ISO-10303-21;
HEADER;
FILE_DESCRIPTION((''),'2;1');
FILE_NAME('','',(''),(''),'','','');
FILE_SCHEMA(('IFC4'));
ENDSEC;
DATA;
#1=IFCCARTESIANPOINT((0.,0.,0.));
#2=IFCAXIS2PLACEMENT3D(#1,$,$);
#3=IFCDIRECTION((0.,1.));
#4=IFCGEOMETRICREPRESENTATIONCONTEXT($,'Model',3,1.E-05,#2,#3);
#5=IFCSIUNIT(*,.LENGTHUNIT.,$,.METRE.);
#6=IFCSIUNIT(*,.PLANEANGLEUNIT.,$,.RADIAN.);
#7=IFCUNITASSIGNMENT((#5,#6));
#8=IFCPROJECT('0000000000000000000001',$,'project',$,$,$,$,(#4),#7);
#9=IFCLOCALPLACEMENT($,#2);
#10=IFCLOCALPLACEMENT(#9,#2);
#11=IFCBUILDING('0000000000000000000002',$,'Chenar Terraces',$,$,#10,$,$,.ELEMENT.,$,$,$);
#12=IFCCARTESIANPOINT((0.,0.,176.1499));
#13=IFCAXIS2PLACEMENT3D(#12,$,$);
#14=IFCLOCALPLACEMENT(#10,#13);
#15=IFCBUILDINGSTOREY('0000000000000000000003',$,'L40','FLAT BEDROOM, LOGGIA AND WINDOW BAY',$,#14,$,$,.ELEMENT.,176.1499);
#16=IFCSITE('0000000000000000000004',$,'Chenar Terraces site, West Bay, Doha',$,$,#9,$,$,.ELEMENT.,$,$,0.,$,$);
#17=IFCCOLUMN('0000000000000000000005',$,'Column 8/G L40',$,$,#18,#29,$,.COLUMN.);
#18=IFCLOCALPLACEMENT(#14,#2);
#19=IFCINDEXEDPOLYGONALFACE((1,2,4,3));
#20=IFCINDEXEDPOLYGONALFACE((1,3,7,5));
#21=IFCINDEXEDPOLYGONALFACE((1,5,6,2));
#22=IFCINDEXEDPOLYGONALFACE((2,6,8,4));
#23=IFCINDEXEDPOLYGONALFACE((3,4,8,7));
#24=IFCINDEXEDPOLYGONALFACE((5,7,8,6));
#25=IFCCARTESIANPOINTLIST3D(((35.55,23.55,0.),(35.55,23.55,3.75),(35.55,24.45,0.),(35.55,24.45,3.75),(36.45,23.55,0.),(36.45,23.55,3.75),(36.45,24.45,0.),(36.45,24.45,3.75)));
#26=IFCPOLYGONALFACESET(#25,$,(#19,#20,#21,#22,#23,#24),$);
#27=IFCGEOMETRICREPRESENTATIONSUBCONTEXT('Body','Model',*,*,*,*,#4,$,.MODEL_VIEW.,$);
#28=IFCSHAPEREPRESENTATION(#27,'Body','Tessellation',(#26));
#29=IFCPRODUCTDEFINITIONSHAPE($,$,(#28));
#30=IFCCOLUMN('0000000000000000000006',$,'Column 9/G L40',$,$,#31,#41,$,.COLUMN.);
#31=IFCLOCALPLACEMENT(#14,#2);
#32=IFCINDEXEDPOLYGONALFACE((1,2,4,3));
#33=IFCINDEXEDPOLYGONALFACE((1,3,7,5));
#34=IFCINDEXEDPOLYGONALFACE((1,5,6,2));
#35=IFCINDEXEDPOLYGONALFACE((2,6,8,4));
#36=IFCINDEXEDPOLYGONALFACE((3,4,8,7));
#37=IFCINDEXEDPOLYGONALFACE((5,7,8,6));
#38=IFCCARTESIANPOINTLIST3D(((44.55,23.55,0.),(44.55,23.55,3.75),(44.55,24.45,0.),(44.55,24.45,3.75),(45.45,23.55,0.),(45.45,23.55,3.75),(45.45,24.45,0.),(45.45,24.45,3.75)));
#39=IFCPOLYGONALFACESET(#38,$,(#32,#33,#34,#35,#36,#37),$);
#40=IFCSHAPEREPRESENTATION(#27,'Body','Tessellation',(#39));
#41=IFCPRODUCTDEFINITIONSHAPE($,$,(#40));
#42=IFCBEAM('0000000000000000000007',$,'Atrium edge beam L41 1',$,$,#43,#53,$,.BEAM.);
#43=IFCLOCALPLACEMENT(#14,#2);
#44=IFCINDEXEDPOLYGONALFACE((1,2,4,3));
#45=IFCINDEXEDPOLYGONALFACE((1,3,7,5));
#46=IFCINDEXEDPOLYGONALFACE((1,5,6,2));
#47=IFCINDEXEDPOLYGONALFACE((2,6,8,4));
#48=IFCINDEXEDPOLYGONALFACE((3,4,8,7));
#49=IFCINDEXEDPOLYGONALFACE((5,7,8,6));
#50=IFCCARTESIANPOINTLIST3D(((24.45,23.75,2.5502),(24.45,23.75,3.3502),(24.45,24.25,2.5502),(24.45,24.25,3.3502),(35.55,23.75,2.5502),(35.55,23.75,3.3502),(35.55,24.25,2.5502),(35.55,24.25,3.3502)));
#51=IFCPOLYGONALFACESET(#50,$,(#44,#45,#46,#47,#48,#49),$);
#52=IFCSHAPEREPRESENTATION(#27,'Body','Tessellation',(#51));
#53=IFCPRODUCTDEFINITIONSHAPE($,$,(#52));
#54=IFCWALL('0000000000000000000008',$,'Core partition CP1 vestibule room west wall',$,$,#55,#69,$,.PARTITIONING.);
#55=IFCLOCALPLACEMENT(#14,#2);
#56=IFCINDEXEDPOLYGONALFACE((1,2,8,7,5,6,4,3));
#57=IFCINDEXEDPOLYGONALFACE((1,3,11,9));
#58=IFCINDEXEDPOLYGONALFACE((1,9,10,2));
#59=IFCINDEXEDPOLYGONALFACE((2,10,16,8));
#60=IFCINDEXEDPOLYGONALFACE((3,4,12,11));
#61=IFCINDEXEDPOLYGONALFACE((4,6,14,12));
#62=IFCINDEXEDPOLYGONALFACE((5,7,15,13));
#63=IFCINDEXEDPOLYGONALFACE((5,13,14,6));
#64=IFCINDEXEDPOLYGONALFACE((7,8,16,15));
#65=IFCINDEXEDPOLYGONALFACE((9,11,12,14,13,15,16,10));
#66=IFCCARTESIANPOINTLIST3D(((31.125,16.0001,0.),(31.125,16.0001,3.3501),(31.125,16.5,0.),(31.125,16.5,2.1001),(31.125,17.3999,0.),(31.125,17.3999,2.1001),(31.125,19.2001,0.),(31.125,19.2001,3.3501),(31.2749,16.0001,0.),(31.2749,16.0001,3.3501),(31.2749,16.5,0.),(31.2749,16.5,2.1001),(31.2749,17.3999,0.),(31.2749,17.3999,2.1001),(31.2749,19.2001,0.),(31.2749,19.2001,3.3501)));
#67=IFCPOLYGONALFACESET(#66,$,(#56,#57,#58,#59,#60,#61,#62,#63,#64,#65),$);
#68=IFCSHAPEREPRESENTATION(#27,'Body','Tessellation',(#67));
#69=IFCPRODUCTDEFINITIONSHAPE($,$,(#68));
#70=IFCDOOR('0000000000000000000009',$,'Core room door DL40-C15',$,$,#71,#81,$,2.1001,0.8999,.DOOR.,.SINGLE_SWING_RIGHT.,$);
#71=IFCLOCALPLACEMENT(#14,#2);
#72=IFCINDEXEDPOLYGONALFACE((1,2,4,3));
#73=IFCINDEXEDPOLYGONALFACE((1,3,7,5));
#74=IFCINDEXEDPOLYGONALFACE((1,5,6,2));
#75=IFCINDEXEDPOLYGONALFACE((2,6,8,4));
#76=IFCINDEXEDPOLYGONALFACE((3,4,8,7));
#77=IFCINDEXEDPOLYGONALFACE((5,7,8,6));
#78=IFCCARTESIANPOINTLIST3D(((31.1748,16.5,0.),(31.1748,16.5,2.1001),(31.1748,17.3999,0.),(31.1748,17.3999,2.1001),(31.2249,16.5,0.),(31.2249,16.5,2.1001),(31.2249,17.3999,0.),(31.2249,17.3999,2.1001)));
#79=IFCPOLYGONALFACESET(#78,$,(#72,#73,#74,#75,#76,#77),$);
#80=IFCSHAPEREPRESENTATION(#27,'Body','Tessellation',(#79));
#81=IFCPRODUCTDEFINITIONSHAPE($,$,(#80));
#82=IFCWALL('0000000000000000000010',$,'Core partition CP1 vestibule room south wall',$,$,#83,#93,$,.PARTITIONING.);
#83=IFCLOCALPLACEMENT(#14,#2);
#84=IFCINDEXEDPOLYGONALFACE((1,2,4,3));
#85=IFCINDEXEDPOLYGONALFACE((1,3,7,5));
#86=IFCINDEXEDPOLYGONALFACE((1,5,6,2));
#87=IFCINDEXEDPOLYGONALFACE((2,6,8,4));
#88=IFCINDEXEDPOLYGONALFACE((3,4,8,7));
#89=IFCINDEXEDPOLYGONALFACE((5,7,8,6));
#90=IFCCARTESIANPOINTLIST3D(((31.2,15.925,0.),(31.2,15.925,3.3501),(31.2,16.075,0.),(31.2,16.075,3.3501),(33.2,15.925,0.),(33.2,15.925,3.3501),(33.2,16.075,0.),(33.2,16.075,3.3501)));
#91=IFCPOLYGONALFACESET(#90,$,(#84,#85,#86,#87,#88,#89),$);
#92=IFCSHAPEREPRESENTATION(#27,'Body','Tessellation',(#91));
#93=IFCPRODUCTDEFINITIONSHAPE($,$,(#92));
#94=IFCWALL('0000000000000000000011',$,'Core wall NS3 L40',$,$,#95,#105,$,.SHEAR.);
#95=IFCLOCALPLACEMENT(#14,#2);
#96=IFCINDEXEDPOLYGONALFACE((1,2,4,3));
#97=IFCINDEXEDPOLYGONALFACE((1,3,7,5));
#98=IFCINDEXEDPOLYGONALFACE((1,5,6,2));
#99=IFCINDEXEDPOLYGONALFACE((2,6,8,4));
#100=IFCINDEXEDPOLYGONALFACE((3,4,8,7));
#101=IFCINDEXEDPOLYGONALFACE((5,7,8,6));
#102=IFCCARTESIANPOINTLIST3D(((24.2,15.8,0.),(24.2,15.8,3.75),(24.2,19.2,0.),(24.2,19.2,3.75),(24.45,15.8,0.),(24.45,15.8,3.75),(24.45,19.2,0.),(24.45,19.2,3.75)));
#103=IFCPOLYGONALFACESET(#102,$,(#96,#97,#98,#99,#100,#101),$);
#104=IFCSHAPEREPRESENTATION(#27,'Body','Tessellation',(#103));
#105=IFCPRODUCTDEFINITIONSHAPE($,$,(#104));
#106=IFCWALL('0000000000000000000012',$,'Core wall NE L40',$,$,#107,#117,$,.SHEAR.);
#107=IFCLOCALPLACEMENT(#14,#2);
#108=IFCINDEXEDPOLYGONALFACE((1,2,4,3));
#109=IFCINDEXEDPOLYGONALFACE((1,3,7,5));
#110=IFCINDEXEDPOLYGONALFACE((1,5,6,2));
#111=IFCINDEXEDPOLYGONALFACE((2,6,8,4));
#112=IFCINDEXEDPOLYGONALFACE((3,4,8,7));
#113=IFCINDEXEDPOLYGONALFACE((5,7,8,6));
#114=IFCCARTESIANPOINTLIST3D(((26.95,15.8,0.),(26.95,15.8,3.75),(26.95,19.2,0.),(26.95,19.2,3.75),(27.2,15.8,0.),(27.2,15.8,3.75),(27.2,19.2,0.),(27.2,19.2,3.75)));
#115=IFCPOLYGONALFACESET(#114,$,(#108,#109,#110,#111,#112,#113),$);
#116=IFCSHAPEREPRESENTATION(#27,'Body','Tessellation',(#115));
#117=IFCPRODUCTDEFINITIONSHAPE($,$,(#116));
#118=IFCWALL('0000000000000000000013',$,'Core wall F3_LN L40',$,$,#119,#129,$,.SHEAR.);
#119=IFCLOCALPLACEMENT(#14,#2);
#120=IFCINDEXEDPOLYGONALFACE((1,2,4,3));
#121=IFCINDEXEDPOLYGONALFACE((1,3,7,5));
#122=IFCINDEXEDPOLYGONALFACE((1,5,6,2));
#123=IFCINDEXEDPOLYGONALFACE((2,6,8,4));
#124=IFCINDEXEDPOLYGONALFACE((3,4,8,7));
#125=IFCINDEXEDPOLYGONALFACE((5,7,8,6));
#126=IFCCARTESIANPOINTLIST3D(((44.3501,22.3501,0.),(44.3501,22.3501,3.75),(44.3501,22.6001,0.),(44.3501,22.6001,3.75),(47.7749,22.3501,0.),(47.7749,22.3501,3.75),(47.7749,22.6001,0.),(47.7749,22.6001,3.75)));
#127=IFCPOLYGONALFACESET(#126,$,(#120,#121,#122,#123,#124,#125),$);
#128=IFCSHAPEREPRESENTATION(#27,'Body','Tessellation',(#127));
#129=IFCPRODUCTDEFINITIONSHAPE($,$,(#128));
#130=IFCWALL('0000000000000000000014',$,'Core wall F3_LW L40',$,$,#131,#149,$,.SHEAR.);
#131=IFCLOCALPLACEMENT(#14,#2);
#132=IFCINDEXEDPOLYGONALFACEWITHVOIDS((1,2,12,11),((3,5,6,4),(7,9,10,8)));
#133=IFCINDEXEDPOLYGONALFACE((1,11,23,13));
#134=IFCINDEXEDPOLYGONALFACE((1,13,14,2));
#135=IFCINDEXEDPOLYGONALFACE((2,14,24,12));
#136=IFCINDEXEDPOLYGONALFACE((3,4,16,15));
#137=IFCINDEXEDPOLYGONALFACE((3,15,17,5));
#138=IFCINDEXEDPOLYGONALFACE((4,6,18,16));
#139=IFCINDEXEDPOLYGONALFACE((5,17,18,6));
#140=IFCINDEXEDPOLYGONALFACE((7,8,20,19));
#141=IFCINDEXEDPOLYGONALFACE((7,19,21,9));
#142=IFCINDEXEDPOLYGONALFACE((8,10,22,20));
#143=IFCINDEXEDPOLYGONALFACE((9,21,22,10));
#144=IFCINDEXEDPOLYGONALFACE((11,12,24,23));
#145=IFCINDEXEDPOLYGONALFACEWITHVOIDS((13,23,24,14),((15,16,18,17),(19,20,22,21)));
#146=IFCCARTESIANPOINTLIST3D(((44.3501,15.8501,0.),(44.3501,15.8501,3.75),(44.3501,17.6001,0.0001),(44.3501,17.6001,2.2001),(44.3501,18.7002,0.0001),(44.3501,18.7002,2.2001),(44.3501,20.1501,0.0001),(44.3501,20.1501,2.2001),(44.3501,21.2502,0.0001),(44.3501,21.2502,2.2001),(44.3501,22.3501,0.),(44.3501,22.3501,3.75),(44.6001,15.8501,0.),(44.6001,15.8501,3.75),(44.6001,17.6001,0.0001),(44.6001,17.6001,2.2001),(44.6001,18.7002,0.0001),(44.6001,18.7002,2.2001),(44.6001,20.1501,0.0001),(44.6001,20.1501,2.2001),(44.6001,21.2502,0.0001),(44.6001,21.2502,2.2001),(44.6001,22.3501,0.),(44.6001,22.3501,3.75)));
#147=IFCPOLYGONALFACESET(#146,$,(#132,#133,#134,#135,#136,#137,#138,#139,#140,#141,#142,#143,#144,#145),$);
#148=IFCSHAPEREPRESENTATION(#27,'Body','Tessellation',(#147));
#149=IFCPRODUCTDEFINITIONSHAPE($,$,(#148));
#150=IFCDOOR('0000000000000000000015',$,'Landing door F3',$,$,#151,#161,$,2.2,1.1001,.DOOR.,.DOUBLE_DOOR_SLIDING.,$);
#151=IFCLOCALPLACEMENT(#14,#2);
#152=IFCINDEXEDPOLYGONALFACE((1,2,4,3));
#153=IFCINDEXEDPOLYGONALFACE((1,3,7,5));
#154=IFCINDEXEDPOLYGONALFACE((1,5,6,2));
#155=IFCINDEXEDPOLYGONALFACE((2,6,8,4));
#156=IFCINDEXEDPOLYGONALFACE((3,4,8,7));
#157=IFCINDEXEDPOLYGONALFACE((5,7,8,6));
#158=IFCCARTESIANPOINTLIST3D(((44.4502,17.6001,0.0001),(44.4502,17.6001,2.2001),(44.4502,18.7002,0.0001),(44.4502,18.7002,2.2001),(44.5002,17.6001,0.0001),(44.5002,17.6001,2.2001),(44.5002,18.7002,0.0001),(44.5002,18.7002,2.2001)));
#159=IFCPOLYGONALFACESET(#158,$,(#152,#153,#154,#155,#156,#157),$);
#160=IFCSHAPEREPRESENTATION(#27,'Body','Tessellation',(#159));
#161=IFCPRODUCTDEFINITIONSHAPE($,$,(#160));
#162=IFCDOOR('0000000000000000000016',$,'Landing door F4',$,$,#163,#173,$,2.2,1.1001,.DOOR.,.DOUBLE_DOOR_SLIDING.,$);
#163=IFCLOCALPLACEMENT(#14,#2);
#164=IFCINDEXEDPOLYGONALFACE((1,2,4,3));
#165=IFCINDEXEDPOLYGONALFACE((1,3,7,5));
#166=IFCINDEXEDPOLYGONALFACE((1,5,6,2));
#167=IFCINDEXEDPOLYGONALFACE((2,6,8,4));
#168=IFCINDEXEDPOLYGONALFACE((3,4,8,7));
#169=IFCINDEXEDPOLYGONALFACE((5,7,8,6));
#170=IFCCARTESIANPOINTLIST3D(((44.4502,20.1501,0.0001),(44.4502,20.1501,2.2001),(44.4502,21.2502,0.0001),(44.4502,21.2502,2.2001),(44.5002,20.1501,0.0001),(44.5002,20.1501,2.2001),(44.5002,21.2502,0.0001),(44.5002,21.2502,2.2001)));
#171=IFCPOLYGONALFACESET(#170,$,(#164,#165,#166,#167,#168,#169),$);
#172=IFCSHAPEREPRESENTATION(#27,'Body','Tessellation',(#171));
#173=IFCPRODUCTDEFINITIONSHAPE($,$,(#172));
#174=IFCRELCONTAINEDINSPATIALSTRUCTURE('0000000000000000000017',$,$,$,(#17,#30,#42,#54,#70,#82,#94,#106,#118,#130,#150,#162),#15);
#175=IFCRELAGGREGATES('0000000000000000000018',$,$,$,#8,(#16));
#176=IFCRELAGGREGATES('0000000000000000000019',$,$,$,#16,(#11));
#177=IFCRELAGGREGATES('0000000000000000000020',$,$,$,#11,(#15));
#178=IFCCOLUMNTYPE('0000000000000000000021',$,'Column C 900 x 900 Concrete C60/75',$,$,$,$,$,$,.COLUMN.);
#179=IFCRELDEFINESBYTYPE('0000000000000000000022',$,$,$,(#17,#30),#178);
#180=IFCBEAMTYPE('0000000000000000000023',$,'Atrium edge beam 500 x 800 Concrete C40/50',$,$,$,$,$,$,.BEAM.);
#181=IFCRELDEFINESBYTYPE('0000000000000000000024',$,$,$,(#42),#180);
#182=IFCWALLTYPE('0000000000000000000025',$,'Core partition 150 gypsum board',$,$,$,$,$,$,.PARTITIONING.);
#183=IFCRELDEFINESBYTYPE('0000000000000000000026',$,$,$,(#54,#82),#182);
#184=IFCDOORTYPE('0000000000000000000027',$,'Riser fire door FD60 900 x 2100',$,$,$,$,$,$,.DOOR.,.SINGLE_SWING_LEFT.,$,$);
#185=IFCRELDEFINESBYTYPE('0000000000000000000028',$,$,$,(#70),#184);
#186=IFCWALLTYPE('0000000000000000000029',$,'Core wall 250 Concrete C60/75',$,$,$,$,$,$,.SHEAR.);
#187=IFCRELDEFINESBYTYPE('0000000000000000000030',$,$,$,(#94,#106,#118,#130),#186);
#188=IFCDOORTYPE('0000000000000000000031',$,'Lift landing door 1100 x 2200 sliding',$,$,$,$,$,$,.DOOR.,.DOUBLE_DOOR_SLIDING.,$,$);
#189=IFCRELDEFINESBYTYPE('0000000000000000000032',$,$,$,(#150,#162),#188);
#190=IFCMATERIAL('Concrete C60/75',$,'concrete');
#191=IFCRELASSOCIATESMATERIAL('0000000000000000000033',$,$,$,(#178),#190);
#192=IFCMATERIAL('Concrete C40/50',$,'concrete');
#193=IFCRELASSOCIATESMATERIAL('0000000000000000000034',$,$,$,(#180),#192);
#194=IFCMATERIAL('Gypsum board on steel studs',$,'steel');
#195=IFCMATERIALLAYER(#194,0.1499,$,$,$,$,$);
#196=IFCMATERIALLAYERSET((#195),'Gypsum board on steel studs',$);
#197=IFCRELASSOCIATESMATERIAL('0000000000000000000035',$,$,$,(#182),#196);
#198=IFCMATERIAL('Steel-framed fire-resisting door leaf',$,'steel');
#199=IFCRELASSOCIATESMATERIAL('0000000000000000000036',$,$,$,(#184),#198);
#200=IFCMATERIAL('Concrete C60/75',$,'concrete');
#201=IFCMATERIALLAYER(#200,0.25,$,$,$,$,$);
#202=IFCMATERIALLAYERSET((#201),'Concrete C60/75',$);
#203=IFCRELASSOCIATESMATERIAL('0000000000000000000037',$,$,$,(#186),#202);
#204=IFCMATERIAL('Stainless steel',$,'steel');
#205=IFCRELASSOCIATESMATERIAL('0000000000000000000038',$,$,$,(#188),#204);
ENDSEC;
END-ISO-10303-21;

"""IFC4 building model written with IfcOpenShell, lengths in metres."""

from ifc_helpers import new_model, si_unit, direction, frame, frame_2d, origin, origin_2d, place, context, subcontext, project, spatial, rectangle, extrude, material, layer, layer_set, material_profile, profile_set, type_object, element, fill, save


model = new_model("IFC4")

# Units and contexts
model_context = context("Model", 3, precision=1e-05, world=origin(), true_north=direction((0.0, 1.0)))
body_context = subcontext(model_context, "Body", "Model", "MODEL_VIEW")
ifc_project = project(units=[si_unit("LENGTHUNIT", "METRE"), si_unit("PLANEANGLEUNIT", "RADIAN")], contexts=[model_context])

# Site, building, storey
site_placement = place(None, origin())
site = spatial("IfcSite", under=ifc_project, at=site_placement, Name="Chenar Terraces site, West Bay, Doha", CompositionType="ELEMENT", RefElevation=0.0)
building_placement = place(site_placement, origin())
building = spatial("IfcBuilding", under=site, at=building_placement, Name="Chenar Terraces", CompositionType="ELEMENT")
storey_placement = place(building_placement, frame((0.0, 0.0, 176.1499)))
storey = spatial("IfcBuildingStorey", under=building, at=storey_placement, Name="L40", Description="FLAT BEDROOM, LOGGIA AND WINDOW BAY", CompositionType="ELEMENT", Elevation=176.1499)

# Columns
ifc_material_1 = material(Name="Concrete C60/75", Category="concrete")
ifc_material_profile_1 = material_profile(ifc_material_1, rectangle(XDim=0.8999, YDim=0.8999, at=origin_2d()), Name="C 900 x 900")
ifc_profile_set_1 = profile_set([ifc_material_profile_1], Name="Concrete C60/75")
column_type = type_object("IfcColumnType", Name="Column C 900 x 900 Concrete C60/75", PredefinedType="COLUMN", material=ifc_profile_set_1)
for number, where, z_axis, x_axis, name in (
    (1, (36.0, 24.0, 0.0), (0.0, 0.0, 1.0), (1.0, 0.0, 0.0), "Column 8/G L40"),
    (2, (45.0, 24.0, 0.0), (0.0, 0.0, 1.0), (1.0, 0.0, 0.0), "Column 9/G L40"),
):
    element("IfcColumn", number, at=place(storey_placement, frame(where, z_axis=z_axis, x_axis=x_axis)), inside=storey, type_object=column_type, Name=name, PredefinedType="COLUMN", context=body_context, shape_type="SweptSolid", body=[
        extrude(rectangle(XDim=0.8999, YDim=0.8999, at=origin_2d()), origin(), (0.0, 0.0, 1.0), 3.75),
    ])

# Beam
ifc_material_2 = material(Name="Concrete C40/50", Category="concrete")
ifc_material_profile_2 = material_profile(ifc_material_2, rectangle(XDim=0.5, YDim=0.8, at=origin_2d()), Name="RC 500 x 800")
ifc_profile_set_2 = profile_set([ifc_material_profile_2], Name="Concrete C40/50")
beam_type = type_object("IfcBeamType", Name="Atrium edge beam 500 x 800 Concrete C40/50", PredefinedType="BEAM", material=ifc_profile_set_2)
beam_placement = place(storey_placement, frame((24.45, 24.0, 2.9502), z_axis=(1.0, 0.0, 0.0), x_axis=(0.0, 1.0, 0.0)))
element("IfcBeam", 3, at=beam_placement, inside=storey, type_object=beam_type, Name="Atrium edge beam L41 1", PredefinedType="BEAM", context=body_context, shape_type="SweptSolid", body=[
    extrude(rectangle(XDim=0.5, YDim=0.8, at=origin_2d()), origin(), (0.0, 0.0, 1.0), 11.1001),
])

# Wall, opening, door
ifc_material_3 = material(Name="Gypsum board on steel studs", Category="steel")
ifc_layer_1 = layer(ifc_material_3, 0.1499)
ifc_layer_set_1 = layer_set([ifc_layer_1], Name="Gypsum board on steel studs")
wall_type_1 = type_object("IfcWallType", Name="Core partition 150 gypsum board", PredefinedType="PARTITIONING", material=ifc_layer_set_1)
wall_1_placement = place(storey_placement, frame((31.2, 16.0, 0.0), z_axis=(0.0, 0.0, 1.0), x_axis=(0.0, 1.0, 0.0)))
wall_1 = element("IfcWall", 4, at=wall_1_placement, inside=storey, type_object=wall_type_1, Name="Core partition CP1 vestibule room west wall", PredefinedType="PARTITIONING", context=body_context, shape_type="SweptSolid", body=[
    extrude(rectangle(XDim=3.2, YDim=0.1499, at=frame_2d((1.6001, 0.0))), origin(), (0.0, 0.0, 1.0), 3.3501),
])
opening_1_placement = place(wall_1_placement, frame((0.5, 0.0, 0.0)))
opening_1 = element("IfcOpeningElement", 5, at=opening_1_placement, cuts=wall_1, PredefinedType="OPENING", context=body_context, shape_type="SweptSolid", body=[
    extrude(rectangle(XDim=0.8999, YDim=2.1001, at=frame_2d((0.45, 1.05))), frame((0.0, 0.085, 0.0), z_axis=(0.0, -1.0, 0.0), x_axis=(1.0, 0.0, 0.0)), (0.0, 0.0, 1.0), 0.1699),
])
ifc_material_4 = material(Name="Steel-framed fire-resisting door leaf", Category="steel")
door_type_1 = type_object("IfcDoorType", Name="Riser fire door FD60 900 x 2100", OperationType="SINGLE_SWING_LEFT", PredefinedType="DOOR", material=ifc_material_4)
door_1_placement = place(opening_1_placement, frame((0.8999, 0.0, 0.0), z_axis=(0.0, 0.0, 1.0), x_axis=(-1.0, 0.0, 0.0)))
door_1 = element("IfcDoor", 6, at=door_1_placement, inside=storey, type_object=door_type_1, Name="Core room door DL40-C15", OperationType="SINGLE_SWING_RIGHT", OverallHeight=2.1001, OverallWidth=0.8999, PredefinedType="DOOR", context=body_context, shape_type="SweptSolid", body=[
    extrude(rectangle(XDim=0.8999, YDim=2.1001, at=frame_2d((0.45, 1.05))), frame((0.0, 0.0249, 0.0), z_axis=(0.0, -1.0, 0.0), x_axis=(1.0, 0.0, 0.0)), (0.0, 0.0, 1.0), 0.05),
])
fill(opening_1, door_1)

# Walls
wall_2_placement = place(storey_placement, frame((31.2, 16.0, 0.0), z_axis=(0.0, 0.0, 1.0), x_axis=(1.0, 0.0, 0.0)))
element("IfcWall", 7, at=wall_2_placement, inside=storey, type_object=wall_type_1, Name="Core partition CP1 vestibule room south wall", PredefinedType="PARTITIONING", context=body_context, shape_type="SweptSolid", body=[
    extrude(rectangle(XDim=2.0, YDim=0.1499, at=frame_2d((1.0, 0.0))), origin(), (0.0, 0.0, 1.0), 3.3501),
])
ifc_material_5 = material(Name="Concrete C60/75", Category="concrete")
ifc_layer_2 = layer(ifc_material_5, 0.25)
ifc_layer_set_2 = layer_set([ifc_layer_2], Name="Concrete C60/75")
wall_type_2 = type_object("IfcWallType", Name="Core wall 250 Concrete C60/75", PredefinedType="SHEAR", material=ifc_layer_set_2)
for number, where, z_axis, x_axis, name in (
    (8, (24.325, 15.8, 0.0), (0.0, 0.0, 1.0), (0.0, 1.0, 0.0), "Core wall NS3 L40"),
    (9, (27.075, 15.8, 0.0), (0.0, 0.0, 1.0), (0.0, 1.0, 0.0), "Core wall NE L40"),
):
    element("IfcWall", number, at=place(storey_placement, frame(where, z_axis=z_axis, x_axis=x_axis)), inside=storey, type_object=wall_type_2, Name=name, PredefinedType="SHEAR", context=body_context, shape_type="SweptSolid", body=[
        extrude(rectangle(XDim=3.3999, YDim=0.25, at=frame_2d((1.7, 0.0))), origin(), (0.0, 0.0, 1.0), 3.75),
    ])
wall_3_placement = place(storey_placement, frame((44.3501, 22.4751, 0.0), z_axis=(0.0, 0.0, 1.0), x_axis=(1.0, 0.0, 0.0)))
element("IfcWall", 10, at=wall_3_placement, inside=storey, type_object=wall_type_2, Name="Core wall F3_LN L40", PredefinedType="SHEAR", context=body_context, shape_type="SweptSolid", body=[
    extrude(rectangle(XDim=3.4248, YDim=0.25, at=frame_2d((1.7124, 0.0))), origin(), (0.0, 0.0, 1.0), 3.75),
])

# Wall, openings, doors
wall_4_placement = place(storey_placement, frame((44.4751, 15.8501, 0.0), z_axis=(0.0, 0.0, 1.0), x_axis=(0.0, 1.0, 0.0)))
wall_4 = element("IfcWall", 11, at=wall_4_placement, inside=storey, type_object=wall_type_2, Name="Core wall F3_LW L40", PredefinedType="SHEAR", context=body_context, shape_type="SweptSolid", body=[
    extrude(rectangle(XDim=6.5, YDim=0.25, at=frame_2d((3.25, 0.0))), origin(), (0.0, 0.0, 1.0), 3.75),
])
opening_2_placement = place(wall_4_placement, frame((1.75, 0.0, 0.0)))
opening_2 = element("IfcOpeningElement", 12, at=opening_2_placement, cuts=wall_4, PredefinedType="OPENING", context=body_context, shape_type="SweptSolid", body=[
    extrude(rectangle(XDim=1.1001, YDim=2.2, at=frame_2d((0.55, 1.1001))), frame((0.0, 0.135, 0.0), z_axis=(0.0, -1.0, 0.0), x_axis=(1.0, 0.0, 0.0)), (0.0, 0.0, 1.0), 0.27),
])
opening_3_placement = place(wall_4_placement, frame((4.3, 0.0, 0.0)))
opening_3 = element("IfcOpeningElement", 13, at=opening_3_placement, cuts=wall_4, PredefinedType="OPENING", context=body_context, shape_type="SweptSolid", body=[
    extrude(rectangle(XDim=1.1001, YDim=2.2, at=frame_2d((0.55, 1.1001))), frame((0.0, 0.135, 0.0), z_axis=(0.0, -1.0, 0.0), x_axis=(1.0, 0.0, 0.0)), (0.0, 0.0, 1.0), 0.27),
])
ifc_material_6 = material(Name="Stainless steel", Category="steel")
door_type_2 = type_object("IfcDoorType", Name="Lift landing door 1100 x 2200 sliding", OperationType="DOUBLE_DOOR_SLIDING", PredefinedType="DOOR", material=ifc_material_6)
door_2_placement = place(opening_2_placement, origin())
door_2 = element("IfcDoor", 14, at=door_2_placement, inside=storey, type_object=door_type_2, Name="Landing door F3", OperationType="DOUBLE_DOOR_SLIDING", OverallHeight=2.2, OverallWidth=1.1001, PredefinedType="DOOR", context=body_context, shape_type="SweptSolid", body=[
    extrude(rectangle(XDim=1.1001, YDim=2.2, at=frame_2d((0.55, 1.1001))), frame((0.0, 0.0249, 0.0), z_axis=(0.0, -1.0, 0.0), x_axis=(1.0, 0.0, 0.0)), (0.0, 0.0, 1.0), 0.05),
])
fill(opening_2, door_2)
door_3_placement = place(opening_3_placement, origin())
door_3 = element("IfcDoor", 15, at=door_3_placement, inside=storey, type_object=door_type_2, Name="Landing door F4", OperationType="DOUBLE_DOOR_SLIDING", OverallHeight=2.2, OverallWidth=1.1001, PredefinedType="DOOR", context=body_context, shape_type="SweptSolid", body=[
    extrude(rectangle(XDim=1.1001, YDim=2.2, at=frame_2d((0.55, 1.1001))), frame((0.0, 0.0249, 0.0), z_axis=(0.0, -1.0, 0.0), x_axis=(1.0, 0.0, 0.0)), (0.0, 0.0, 1.0), 0.05),
])
fill(opening_3, door_3)

save(model, "model.ifc")
